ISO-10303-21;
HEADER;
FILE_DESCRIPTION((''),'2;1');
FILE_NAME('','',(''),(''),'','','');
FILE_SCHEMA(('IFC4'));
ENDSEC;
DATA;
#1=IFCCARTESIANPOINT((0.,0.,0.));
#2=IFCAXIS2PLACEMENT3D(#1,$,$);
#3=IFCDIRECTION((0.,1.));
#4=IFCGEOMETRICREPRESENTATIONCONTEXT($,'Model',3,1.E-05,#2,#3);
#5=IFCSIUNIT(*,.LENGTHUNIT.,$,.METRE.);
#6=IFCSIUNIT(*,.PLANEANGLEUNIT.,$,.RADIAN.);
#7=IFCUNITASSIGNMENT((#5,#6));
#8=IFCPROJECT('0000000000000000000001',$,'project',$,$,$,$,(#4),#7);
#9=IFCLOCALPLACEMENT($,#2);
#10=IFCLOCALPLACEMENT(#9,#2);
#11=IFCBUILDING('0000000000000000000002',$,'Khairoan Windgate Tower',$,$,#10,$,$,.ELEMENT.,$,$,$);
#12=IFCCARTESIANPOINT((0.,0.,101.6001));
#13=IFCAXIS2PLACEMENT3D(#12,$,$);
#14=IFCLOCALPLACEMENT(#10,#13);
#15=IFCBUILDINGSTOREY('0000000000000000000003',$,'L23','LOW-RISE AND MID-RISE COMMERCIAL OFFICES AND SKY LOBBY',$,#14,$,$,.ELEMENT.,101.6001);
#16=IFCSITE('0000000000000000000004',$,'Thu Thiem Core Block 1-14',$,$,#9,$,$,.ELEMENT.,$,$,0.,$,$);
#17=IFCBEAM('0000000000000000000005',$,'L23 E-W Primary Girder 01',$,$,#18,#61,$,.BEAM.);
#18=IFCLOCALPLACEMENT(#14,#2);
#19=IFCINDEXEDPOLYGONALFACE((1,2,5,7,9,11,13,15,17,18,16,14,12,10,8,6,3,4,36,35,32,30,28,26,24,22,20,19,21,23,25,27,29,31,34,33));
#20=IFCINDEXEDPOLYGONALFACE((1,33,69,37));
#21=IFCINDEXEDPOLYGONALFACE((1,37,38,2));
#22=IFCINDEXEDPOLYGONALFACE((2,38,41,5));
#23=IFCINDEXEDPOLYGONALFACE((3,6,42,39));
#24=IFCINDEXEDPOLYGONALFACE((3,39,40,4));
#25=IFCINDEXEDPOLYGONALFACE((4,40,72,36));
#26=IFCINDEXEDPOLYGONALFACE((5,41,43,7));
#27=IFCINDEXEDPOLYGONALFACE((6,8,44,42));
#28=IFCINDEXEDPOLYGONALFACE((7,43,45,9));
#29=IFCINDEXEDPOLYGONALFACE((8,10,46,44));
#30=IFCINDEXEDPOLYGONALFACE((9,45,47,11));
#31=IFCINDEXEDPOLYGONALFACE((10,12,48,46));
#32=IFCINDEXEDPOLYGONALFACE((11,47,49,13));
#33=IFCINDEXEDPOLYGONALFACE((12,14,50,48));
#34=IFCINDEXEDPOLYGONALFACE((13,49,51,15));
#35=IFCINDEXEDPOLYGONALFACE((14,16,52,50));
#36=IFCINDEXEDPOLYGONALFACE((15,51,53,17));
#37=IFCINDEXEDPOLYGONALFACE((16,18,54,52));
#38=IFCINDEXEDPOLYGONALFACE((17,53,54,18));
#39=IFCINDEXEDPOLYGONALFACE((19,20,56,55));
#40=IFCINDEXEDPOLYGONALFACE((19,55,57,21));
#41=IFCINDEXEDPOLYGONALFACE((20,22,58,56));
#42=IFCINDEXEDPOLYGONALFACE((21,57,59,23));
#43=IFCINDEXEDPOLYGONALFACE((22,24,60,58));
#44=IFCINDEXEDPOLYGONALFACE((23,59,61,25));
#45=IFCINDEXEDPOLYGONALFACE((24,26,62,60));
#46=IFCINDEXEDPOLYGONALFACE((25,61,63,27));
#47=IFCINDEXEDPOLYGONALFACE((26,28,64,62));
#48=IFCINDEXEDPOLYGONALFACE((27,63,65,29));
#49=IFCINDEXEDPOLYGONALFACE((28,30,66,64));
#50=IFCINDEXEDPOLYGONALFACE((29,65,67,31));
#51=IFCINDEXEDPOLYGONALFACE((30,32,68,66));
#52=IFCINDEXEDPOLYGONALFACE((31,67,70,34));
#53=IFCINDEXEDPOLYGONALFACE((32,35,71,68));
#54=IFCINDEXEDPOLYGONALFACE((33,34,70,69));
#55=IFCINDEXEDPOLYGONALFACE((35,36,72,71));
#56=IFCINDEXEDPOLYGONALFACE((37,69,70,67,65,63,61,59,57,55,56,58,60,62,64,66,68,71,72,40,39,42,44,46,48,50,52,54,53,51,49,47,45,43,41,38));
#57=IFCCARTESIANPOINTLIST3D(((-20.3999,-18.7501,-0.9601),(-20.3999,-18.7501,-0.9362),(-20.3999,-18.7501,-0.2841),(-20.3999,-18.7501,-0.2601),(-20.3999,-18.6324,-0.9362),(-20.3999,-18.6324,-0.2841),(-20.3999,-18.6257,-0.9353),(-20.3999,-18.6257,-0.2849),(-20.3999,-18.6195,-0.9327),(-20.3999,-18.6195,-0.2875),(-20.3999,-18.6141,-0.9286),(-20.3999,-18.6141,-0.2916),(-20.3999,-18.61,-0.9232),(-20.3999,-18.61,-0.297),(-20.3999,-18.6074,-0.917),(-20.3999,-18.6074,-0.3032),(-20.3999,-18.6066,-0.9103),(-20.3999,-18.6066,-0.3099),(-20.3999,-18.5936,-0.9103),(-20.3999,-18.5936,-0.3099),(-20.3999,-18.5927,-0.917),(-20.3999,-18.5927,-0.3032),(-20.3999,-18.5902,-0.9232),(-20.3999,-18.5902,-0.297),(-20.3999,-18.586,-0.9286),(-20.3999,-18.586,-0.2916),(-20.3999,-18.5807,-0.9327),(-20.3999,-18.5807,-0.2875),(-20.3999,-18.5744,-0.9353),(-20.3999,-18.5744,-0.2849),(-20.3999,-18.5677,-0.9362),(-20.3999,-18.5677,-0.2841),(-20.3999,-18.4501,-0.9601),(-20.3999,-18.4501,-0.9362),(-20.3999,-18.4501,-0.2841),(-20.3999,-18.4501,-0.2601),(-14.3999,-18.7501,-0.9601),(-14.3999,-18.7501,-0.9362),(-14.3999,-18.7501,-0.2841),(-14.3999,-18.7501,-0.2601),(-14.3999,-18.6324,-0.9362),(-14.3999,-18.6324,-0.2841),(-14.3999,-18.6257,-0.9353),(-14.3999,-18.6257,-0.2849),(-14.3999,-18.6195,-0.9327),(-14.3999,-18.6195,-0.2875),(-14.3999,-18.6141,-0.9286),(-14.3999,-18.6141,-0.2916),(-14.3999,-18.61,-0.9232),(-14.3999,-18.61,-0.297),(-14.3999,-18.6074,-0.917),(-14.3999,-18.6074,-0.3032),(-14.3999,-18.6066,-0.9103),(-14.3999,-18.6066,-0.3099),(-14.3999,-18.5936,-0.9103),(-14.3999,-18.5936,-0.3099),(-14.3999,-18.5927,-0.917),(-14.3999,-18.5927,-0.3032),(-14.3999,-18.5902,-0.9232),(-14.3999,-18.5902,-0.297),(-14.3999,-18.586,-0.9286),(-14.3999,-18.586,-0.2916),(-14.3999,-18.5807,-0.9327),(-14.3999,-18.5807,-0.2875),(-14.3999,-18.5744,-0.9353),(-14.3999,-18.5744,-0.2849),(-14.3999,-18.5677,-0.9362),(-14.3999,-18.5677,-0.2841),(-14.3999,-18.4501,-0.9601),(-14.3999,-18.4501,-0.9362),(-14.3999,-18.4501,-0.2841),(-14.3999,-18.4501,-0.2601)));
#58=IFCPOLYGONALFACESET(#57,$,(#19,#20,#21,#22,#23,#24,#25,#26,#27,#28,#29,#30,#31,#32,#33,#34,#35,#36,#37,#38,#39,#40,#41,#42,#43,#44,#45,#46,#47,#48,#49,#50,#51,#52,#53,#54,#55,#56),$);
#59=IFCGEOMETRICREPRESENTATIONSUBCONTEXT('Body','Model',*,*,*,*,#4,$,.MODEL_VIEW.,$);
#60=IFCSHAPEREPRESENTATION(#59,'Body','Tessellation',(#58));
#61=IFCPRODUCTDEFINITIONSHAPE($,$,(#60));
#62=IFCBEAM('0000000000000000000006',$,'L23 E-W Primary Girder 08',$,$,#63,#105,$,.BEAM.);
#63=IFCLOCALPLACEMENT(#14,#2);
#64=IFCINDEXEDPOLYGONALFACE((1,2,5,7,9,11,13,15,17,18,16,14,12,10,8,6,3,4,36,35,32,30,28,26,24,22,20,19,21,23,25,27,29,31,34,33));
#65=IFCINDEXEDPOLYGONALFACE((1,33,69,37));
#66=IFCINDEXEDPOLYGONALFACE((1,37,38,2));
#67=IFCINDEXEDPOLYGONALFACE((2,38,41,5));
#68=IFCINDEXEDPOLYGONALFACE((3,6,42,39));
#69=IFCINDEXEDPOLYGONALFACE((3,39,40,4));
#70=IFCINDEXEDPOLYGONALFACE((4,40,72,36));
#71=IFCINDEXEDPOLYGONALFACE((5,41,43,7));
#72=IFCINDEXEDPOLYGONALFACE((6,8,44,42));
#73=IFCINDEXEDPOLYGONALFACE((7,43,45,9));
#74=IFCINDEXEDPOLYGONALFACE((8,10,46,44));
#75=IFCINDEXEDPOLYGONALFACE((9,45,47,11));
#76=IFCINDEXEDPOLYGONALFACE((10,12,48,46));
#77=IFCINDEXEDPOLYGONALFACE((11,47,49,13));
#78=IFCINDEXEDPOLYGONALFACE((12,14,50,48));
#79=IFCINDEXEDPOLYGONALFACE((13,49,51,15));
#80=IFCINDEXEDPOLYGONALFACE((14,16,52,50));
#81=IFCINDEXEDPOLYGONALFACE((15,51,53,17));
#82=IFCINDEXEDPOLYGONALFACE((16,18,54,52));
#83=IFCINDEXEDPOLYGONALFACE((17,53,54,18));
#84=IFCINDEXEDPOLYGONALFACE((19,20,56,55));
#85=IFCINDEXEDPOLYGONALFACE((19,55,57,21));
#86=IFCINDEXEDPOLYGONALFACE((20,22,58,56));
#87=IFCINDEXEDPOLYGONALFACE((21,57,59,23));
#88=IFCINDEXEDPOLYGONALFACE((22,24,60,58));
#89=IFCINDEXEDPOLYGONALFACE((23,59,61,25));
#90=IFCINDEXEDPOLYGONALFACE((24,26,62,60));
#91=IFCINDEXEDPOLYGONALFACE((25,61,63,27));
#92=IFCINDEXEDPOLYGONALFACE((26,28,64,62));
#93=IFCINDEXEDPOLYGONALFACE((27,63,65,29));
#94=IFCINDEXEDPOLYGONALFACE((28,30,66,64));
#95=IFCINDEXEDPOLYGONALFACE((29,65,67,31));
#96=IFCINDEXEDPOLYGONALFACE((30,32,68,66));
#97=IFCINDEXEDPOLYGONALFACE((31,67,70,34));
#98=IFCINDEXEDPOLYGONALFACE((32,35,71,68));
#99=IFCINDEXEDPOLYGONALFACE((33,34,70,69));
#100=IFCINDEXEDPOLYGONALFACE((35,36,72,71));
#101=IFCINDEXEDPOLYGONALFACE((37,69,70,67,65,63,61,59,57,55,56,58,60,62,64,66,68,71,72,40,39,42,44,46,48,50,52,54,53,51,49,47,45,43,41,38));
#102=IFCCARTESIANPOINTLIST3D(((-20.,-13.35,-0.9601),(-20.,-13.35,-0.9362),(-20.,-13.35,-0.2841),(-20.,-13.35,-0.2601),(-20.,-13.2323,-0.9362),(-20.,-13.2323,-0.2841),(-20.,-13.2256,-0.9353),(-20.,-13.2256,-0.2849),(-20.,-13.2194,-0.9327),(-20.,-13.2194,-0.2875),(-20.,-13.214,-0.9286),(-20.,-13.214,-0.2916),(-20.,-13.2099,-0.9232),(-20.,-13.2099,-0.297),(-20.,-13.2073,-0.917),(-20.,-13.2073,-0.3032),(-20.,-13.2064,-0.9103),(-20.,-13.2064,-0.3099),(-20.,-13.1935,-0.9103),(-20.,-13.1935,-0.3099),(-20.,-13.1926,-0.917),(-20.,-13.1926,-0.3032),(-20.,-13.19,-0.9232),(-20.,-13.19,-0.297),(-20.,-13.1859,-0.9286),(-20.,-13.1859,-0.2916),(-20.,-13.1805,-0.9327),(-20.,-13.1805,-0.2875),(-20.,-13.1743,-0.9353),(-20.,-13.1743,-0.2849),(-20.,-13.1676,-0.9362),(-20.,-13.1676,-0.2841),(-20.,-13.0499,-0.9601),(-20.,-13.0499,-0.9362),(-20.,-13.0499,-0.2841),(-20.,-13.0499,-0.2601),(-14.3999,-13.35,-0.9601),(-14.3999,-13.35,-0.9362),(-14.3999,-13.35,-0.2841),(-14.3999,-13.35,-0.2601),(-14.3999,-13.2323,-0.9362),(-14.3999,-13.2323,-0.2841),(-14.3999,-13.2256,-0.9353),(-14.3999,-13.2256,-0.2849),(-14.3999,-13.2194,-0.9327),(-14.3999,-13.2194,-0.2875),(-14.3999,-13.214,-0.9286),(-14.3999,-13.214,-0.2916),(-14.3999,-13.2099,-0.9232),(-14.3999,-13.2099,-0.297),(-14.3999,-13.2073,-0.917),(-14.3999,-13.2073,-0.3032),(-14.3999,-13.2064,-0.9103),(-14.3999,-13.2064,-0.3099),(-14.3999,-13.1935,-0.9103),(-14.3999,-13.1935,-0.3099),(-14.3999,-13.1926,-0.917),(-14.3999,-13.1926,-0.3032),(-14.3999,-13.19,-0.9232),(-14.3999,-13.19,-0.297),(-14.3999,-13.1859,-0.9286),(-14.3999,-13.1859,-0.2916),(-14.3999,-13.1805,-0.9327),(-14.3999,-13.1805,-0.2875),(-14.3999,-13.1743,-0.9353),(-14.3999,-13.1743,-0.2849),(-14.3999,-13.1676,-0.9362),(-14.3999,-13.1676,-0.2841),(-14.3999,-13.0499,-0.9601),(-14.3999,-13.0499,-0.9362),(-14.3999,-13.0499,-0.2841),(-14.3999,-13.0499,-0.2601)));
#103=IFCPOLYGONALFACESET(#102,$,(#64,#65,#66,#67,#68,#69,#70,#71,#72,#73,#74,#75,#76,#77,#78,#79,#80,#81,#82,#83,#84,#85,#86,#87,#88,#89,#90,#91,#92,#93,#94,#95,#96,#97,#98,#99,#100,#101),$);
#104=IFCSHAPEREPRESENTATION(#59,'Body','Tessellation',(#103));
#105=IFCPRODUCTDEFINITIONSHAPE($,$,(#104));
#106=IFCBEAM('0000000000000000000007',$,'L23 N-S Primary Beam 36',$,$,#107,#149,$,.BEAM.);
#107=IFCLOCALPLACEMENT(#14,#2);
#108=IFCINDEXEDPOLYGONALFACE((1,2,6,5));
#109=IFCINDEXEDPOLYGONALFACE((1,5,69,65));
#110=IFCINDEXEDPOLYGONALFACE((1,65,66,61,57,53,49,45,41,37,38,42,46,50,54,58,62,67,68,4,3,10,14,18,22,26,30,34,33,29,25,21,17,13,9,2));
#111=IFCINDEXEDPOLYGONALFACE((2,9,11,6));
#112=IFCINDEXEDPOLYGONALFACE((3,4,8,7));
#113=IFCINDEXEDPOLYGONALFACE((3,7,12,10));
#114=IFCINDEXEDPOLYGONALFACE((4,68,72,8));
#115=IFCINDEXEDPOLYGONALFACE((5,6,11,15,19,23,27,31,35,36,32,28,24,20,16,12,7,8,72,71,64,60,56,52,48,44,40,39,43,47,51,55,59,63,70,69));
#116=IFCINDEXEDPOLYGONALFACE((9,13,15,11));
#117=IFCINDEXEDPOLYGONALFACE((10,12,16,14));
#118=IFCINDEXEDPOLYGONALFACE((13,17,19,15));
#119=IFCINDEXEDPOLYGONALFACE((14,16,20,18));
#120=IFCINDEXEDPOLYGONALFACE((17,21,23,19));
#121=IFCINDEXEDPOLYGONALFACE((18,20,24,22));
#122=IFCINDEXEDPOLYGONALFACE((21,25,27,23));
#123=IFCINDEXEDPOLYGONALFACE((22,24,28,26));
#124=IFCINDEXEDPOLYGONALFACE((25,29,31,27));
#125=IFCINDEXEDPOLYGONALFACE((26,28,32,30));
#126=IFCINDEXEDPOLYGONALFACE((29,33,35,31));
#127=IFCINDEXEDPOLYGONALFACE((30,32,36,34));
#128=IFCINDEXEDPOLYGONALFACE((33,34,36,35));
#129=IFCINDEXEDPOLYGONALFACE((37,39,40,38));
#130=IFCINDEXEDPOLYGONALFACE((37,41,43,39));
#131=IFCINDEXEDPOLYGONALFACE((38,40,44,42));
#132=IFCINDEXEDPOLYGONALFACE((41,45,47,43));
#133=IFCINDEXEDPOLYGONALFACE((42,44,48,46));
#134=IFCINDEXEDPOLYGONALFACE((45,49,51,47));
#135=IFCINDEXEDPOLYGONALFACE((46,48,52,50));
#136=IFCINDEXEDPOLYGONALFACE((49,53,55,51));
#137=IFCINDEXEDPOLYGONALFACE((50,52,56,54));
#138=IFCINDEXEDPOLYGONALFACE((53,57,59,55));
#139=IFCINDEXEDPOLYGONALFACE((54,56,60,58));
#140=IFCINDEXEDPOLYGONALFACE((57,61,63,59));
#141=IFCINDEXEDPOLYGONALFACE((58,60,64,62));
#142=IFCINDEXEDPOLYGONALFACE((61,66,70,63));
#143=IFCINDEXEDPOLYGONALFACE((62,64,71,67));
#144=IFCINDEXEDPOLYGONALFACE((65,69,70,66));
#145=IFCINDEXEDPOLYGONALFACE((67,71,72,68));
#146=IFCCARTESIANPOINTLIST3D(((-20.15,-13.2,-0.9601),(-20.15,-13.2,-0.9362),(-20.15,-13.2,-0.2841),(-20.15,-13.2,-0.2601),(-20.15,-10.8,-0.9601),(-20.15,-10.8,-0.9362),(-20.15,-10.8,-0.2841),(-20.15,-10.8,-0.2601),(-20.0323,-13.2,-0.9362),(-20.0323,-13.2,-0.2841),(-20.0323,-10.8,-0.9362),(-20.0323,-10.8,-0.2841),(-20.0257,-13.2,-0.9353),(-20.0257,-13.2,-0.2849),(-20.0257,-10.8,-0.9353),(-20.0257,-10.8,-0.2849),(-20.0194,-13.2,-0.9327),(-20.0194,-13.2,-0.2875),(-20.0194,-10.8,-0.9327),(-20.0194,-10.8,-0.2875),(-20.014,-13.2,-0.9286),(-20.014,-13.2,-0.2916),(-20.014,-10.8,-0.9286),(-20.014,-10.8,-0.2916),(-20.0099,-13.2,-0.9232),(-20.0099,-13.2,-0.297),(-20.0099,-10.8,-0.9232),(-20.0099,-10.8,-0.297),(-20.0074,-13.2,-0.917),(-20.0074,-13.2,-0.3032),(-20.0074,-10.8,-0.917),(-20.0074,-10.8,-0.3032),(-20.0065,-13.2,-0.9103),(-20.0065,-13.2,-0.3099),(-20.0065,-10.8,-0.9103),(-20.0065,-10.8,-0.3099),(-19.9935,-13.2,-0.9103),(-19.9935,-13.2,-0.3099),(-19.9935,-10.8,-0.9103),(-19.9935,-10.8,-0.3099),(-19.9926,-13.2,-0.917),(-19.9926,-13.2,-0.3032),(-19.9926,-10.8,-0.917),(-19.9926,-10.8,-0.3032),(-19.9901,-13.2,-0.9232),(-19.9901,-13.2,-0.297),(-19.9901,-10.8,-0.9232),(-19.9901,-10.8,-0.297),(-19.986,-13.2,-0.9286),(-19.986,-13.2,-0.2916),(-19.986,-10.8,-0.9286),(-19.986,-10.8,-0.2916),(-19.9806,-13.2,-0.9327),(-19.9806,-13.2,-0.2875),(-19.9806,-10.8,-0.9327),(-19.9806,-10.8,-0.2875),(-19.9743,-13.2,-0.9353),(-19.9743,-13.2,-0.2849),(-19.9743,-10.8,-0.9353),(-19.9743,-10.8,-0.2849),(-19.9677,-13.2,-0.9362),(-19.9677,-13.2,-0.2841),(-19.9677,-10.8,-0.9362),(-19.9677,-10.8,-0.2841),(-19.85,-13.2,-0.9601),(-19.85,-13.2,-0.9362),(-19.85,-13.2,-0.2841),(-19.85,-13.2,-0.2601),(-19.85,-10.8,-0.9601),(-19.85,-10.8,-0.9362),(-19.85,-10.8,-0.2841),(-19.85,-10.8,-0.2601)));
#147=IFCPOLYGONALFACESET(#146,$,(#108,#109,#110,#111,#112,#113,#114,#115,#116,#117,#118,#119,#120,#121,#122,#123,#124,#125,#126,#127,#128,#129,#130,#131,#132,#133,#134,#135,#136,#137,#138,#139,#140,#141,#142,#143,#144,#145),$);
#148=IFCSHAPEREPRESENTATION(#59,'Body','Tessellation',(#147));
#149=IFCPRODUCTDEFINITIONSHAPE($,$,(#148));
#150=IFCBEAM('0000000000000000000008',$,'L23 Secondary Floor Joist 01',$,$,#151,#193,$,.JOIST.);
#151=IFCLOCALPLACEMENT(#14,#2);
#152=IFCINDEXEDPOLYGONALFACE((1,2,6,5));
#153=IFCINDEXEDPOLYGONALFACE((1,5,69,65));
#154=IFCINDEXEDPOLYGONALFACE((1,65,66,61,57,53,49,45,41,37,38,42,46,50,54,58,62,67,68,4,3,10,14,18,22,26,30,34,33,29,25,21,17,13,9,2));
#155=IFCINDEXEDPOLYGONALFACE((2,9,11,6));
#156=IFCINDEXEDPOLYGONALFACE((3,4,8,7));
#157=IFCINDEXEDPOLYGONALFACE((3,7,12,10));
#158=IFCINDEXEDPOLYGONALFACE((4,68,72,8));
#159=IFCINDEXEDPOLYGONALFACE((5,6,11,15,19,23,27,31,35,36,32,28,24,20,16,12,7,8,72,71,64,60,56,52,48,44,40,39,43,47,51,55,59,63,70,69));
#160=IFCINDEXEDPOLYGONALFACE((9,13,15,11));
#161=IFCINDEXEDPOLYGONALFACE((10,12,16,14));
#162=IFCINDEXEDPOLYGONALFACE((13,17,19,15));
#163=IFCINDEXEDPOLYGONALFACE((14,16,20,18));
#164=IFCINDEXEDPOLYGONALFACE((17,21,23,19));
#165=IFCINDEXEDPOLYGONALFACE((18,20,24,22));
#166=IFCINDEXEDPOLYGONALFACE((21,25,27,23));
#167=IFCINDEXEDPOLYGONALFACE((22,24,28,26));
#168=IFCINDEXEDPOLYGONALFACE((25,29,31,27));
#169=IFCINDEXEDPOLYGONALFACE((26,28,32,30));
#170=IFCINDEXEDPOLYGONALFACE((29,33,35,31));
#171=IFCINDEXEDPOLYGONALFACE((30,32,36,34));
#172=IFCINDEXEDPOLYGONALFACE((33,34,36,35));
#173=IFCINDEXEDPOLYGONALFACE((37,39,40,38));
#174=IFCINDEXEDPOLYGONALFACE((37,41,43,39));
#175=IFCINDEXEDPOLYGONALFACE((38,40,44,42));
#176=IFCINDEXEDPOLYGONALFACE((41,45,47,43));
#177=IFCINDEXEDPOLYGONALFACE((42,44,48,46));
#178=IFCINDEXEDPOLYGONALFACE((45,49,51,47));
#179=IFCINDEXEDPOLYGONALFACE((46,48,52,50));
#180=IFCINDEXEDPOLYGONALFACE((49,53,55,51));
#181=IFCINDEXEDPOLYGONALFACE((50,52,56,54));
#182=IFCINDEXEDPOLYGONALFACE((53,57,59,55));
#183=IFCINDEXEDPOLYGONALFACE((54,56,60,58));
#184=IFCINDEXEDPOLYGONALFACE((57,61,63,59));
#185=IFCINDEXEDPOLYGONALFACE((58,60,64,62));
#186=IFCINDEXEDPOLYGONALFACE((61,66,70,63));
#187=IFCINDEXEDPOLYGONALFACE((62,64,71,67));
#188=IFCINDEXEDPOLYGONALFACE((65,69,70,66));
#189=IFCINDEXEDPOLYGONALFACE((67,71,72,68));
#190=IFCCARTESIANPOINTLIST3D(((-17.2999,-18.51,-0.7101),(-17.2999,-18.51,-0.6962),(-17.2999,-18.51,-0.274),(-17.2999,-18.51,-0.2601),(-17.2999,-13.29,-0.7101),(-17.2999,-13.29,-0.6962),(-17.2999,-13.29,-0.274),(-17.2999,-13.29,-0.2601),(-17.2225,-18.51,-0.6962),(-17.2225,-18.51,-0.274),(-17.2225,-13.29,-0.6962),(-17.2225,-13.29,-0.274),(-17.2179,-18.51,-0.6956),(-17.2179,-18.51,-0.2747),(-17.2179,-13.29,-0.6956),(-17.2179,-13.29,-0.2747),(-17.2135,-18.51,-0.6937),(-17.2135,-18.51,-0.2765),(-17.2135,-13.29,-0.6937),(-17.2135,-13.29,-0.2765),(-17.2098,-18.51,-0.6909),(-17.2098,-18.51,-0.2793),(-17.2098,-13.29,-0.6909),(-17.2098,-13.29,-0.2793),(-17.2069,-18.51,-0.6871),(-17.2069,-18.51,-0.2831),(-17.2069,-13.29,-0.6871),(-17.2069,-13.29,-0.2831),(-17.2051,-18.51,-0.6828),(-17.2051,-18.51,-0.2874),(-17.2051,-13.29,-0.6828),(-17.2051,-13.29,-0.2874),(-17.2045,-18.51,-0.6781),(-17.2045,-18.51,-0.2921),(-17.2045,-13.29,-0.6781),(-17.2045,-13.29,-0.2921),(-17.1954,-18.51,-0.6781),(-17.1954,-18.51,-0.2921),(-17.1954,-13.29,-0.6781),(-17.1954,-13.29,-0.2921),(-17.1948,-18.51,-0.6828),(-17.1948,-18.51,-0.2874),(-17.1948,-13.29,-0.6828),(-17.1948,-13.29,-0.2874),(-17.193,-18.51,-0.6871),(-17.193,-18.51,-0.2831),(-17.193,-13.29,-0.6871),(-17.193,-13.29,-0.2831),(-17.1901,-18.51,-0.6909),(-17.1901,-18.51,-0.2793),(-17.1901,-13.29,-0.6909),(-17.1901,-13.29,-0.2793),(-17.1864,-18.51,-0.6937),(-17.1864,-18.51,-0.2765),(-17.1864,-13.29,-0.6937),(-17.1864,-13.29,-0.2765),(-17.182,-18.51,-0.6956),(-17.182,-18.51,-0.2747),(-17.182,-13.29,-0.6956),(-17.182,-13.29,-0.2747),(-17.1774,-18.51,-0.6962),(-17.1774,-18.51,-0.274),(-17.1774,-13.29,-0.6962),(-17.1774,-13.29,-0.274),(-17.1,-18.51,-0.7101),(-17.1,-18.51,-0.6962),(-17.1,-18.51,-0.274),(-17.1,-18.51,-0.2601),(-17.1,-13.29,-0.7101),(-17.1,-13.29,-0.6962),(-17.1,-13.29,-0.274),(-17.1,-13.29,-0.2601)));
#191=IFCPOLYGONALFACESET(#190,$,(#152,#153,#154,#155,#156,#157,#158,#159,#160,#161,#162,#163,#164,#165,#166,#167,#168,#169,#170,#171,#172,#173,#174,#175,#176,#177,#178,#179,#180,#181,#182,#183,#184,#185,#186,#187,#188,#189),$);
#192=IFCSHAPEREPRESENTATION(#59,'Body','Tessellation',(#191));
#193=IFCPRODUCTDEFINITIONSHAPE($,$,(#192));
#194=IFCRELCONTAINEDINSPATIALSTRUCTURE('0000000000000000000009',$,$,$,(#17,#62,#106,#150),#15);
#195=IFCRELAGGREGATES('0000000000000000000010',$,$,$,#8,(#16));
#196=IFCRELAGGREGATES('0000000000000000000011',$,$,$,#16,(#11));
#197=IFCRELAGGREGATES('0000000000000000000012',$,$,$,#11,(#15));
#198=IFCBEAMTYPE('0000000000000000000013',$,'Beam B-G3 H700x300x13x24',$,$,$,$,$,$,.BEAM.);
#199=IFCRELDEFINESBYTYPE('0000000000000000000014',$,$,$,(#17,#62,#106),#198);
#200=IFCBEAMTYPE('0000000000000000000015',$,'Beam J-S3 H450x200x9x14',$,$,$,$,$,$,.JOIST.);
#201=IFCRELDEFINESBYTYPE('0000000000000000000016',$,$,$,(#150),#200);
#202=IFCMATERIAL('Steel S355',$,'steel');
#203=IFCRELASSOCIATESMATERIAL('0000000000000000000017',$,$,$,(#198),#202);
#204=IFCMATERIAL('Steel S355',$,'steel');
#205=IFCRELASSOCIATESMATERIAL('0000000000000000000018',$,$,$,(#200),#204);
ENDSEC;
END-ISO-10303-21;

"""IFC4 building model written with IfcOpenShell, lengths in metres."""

from ifc_helpers import new_model, si_unit, direction, frame, origin, origin_2d, place, context, subcontext, project, spatial, i_section, extrude, material, material_profile, profile_set, type_object, element, save


model = new_model("IFC4")

# Units and contexts
model_context = context("Model", 3, precision=1e-05, world=origin(), true_north=direction((0.0, 1.0)))
body_context = subcontext(model_context, "Body", "Model", "MODEL_VIEW")
ifc_project = project(units=[si_unit("LENGTHUNIT", "METRE"), si_unit("PLANEANGLEUNIT", "RADIAN")], contexts=[model_context])

# Site, building, storey
site_placement = place(None, origin())
site = spatial("IfcSite", under=ifc_project, at=site_placement, Name="Thu Thiem Core Block 1-14", CompositionType="ELEMENT", RefElevation=0.0)
building_placement = place(site_placement, origin())
building = spatial("IfcBuilding", under=site, at=building_placement, Name="Khairoan Windgate Tower", CompositionType="ELEMENT")
storey_placement = place(building_placement, frame((0.0, 0.0, 101.6001)))
storey = spatial("IfcBuildingStorey", under=building, at=storey_placement, Name="L23", Description="LOW-RISE AND MID-RISE COMMERCIAL OFFICES AND SKY LOBBY", CompositionType="ELEMENT", Elevation=101.6001)

# Beams
ifc_material_1 = material(Name="Steel S355", Category="steel")
ifc_material_profile_1 = material_profile(ifc_material_1, i_section(OverallWidth=0.3, OverallDepth=0.7, WebThickness=0.0129, FlangeThickness=0.0239, FilletRadius=0.0259, at=origin_2d()))
ifc_profile_set_1 = profile_set([ifc_material_profile_1], Name="Steel S355")
beam_type_1 = type_object("IfcBeamType", Name="Beam B-G3 H700x300x13x24", PredefinedType="BEAM", material=ifc_profile_set_1)
beam_1_placement = place(storey_placement, frame((-20.3999, -18.6001, -0.6101), z_axis=(1.0, 0.0, 0.0), x_axis=(0.0, 1.0, 0.0)))
element("IfcBeam", 1, at=beam_1_placement, inside=storey, type_object=beam_type_1, Name="L23 E-W Primary Girder 01", PredefinedType="BEAM", context=body_context, shape_type="SweptSolid", body=[
    extrude(i_section(OverallWidth=0.3, OverallDepth=0.7, WebThickness=0.0129, FlangeThickness=0.0239, FilletRadius=0.0259, at=origin_2d()), origin(), (0.0, 0.0, 1.0), 6.0),
])
beam_2_placement = place(storey_placement, frame((-20.0, -13.2, -0.6101), z_axis=(1.0, 0.0, 0.0), x_axis=(0.0, 1.0, 0.0)))
element("IfcBeam", 2, at=beam_2_placement, inside=storey, type_object=beam_type_1, Name="L23 E-W Primary Girder 08", PredefinedType="BEAM", context=body_context, shape_type="SweptSolid", body=[
    extrude(i_section(OverallWidth=0.3, OverallDepth=0.7, WebThickness=0.0129, FlangeThickness=0.0239, FilletRadius=0.0259, at=origin_2d()), origin(), (0.0, 0.0, 1.0), 5.6001),
])
beam_3_placement = place(storey_placement, frame((-20.0, -13.2, -0.6101), z_axis=(0.0, 1.0, 0.0), x_axis=(-1.0, 0.0, 0.0)))
element("IfcBeam", 3, at=beam_3_placement, inside=storey, type_object=beam_type_1, Name="L23 N-S Primary Beam 36", PredefinedType="BEAM", context=body_context, shape_type="SweptSolid", body=[
    extrude(i_section(OverallWidth=0.3, OverallDepth=0.7, WebThickness=0.0129, FlangeThickness=0.0239, FilletRadius=0.0259, at=origin_2d()), origin(), (0.0, 0.0, 1.0), 2.3999),
])
ifc_material_2 = material(Name="Steel S355", Category="steel")
ifc_material_profile_2 = material_profile(ifc_material_2, i_section(OverallWidth=0.2, OverallDepth=0.45, WebThickness=0.009, FlangeThickness=0.0139, FilletRadius=0.0181, at=origin_2d()))
ifc_profile_set_2 = profile_set([ifc_material_profile_2], Name="Steel S355")
beam_type_2 = type_object("IfcBeamType", Name="Beam J-S3 H450x200x9x14", PredefinedType="JOIST", material=ifc_profile_set_2)
beam_4_placement = place(storey_placement, frame((-17.2, -18.51, -0.4851), z_axis=(0.0, 1.0, 0.0), x_axis=(-1.0, 0.0, 0.0)))
element("IfcBeam", 4, at=beam_4_placement, inside=storey, type_object=beam_type_2, Name="L23 Secondary Floor Joist 01", PredefinedType="JOIST", context=body_context, shape_type="SweptSolid", body=[
    extrude(i_section(OverallWidth=0.2, OverallDepth=0.45, WebThickness=0.009, FlangeThickness=0.0139, FilletRadius=0.0181, at=origin_2d()), origin(), (0.0, 0.0, 1.0), 5.22),
])

save(model, "model.ifc")
